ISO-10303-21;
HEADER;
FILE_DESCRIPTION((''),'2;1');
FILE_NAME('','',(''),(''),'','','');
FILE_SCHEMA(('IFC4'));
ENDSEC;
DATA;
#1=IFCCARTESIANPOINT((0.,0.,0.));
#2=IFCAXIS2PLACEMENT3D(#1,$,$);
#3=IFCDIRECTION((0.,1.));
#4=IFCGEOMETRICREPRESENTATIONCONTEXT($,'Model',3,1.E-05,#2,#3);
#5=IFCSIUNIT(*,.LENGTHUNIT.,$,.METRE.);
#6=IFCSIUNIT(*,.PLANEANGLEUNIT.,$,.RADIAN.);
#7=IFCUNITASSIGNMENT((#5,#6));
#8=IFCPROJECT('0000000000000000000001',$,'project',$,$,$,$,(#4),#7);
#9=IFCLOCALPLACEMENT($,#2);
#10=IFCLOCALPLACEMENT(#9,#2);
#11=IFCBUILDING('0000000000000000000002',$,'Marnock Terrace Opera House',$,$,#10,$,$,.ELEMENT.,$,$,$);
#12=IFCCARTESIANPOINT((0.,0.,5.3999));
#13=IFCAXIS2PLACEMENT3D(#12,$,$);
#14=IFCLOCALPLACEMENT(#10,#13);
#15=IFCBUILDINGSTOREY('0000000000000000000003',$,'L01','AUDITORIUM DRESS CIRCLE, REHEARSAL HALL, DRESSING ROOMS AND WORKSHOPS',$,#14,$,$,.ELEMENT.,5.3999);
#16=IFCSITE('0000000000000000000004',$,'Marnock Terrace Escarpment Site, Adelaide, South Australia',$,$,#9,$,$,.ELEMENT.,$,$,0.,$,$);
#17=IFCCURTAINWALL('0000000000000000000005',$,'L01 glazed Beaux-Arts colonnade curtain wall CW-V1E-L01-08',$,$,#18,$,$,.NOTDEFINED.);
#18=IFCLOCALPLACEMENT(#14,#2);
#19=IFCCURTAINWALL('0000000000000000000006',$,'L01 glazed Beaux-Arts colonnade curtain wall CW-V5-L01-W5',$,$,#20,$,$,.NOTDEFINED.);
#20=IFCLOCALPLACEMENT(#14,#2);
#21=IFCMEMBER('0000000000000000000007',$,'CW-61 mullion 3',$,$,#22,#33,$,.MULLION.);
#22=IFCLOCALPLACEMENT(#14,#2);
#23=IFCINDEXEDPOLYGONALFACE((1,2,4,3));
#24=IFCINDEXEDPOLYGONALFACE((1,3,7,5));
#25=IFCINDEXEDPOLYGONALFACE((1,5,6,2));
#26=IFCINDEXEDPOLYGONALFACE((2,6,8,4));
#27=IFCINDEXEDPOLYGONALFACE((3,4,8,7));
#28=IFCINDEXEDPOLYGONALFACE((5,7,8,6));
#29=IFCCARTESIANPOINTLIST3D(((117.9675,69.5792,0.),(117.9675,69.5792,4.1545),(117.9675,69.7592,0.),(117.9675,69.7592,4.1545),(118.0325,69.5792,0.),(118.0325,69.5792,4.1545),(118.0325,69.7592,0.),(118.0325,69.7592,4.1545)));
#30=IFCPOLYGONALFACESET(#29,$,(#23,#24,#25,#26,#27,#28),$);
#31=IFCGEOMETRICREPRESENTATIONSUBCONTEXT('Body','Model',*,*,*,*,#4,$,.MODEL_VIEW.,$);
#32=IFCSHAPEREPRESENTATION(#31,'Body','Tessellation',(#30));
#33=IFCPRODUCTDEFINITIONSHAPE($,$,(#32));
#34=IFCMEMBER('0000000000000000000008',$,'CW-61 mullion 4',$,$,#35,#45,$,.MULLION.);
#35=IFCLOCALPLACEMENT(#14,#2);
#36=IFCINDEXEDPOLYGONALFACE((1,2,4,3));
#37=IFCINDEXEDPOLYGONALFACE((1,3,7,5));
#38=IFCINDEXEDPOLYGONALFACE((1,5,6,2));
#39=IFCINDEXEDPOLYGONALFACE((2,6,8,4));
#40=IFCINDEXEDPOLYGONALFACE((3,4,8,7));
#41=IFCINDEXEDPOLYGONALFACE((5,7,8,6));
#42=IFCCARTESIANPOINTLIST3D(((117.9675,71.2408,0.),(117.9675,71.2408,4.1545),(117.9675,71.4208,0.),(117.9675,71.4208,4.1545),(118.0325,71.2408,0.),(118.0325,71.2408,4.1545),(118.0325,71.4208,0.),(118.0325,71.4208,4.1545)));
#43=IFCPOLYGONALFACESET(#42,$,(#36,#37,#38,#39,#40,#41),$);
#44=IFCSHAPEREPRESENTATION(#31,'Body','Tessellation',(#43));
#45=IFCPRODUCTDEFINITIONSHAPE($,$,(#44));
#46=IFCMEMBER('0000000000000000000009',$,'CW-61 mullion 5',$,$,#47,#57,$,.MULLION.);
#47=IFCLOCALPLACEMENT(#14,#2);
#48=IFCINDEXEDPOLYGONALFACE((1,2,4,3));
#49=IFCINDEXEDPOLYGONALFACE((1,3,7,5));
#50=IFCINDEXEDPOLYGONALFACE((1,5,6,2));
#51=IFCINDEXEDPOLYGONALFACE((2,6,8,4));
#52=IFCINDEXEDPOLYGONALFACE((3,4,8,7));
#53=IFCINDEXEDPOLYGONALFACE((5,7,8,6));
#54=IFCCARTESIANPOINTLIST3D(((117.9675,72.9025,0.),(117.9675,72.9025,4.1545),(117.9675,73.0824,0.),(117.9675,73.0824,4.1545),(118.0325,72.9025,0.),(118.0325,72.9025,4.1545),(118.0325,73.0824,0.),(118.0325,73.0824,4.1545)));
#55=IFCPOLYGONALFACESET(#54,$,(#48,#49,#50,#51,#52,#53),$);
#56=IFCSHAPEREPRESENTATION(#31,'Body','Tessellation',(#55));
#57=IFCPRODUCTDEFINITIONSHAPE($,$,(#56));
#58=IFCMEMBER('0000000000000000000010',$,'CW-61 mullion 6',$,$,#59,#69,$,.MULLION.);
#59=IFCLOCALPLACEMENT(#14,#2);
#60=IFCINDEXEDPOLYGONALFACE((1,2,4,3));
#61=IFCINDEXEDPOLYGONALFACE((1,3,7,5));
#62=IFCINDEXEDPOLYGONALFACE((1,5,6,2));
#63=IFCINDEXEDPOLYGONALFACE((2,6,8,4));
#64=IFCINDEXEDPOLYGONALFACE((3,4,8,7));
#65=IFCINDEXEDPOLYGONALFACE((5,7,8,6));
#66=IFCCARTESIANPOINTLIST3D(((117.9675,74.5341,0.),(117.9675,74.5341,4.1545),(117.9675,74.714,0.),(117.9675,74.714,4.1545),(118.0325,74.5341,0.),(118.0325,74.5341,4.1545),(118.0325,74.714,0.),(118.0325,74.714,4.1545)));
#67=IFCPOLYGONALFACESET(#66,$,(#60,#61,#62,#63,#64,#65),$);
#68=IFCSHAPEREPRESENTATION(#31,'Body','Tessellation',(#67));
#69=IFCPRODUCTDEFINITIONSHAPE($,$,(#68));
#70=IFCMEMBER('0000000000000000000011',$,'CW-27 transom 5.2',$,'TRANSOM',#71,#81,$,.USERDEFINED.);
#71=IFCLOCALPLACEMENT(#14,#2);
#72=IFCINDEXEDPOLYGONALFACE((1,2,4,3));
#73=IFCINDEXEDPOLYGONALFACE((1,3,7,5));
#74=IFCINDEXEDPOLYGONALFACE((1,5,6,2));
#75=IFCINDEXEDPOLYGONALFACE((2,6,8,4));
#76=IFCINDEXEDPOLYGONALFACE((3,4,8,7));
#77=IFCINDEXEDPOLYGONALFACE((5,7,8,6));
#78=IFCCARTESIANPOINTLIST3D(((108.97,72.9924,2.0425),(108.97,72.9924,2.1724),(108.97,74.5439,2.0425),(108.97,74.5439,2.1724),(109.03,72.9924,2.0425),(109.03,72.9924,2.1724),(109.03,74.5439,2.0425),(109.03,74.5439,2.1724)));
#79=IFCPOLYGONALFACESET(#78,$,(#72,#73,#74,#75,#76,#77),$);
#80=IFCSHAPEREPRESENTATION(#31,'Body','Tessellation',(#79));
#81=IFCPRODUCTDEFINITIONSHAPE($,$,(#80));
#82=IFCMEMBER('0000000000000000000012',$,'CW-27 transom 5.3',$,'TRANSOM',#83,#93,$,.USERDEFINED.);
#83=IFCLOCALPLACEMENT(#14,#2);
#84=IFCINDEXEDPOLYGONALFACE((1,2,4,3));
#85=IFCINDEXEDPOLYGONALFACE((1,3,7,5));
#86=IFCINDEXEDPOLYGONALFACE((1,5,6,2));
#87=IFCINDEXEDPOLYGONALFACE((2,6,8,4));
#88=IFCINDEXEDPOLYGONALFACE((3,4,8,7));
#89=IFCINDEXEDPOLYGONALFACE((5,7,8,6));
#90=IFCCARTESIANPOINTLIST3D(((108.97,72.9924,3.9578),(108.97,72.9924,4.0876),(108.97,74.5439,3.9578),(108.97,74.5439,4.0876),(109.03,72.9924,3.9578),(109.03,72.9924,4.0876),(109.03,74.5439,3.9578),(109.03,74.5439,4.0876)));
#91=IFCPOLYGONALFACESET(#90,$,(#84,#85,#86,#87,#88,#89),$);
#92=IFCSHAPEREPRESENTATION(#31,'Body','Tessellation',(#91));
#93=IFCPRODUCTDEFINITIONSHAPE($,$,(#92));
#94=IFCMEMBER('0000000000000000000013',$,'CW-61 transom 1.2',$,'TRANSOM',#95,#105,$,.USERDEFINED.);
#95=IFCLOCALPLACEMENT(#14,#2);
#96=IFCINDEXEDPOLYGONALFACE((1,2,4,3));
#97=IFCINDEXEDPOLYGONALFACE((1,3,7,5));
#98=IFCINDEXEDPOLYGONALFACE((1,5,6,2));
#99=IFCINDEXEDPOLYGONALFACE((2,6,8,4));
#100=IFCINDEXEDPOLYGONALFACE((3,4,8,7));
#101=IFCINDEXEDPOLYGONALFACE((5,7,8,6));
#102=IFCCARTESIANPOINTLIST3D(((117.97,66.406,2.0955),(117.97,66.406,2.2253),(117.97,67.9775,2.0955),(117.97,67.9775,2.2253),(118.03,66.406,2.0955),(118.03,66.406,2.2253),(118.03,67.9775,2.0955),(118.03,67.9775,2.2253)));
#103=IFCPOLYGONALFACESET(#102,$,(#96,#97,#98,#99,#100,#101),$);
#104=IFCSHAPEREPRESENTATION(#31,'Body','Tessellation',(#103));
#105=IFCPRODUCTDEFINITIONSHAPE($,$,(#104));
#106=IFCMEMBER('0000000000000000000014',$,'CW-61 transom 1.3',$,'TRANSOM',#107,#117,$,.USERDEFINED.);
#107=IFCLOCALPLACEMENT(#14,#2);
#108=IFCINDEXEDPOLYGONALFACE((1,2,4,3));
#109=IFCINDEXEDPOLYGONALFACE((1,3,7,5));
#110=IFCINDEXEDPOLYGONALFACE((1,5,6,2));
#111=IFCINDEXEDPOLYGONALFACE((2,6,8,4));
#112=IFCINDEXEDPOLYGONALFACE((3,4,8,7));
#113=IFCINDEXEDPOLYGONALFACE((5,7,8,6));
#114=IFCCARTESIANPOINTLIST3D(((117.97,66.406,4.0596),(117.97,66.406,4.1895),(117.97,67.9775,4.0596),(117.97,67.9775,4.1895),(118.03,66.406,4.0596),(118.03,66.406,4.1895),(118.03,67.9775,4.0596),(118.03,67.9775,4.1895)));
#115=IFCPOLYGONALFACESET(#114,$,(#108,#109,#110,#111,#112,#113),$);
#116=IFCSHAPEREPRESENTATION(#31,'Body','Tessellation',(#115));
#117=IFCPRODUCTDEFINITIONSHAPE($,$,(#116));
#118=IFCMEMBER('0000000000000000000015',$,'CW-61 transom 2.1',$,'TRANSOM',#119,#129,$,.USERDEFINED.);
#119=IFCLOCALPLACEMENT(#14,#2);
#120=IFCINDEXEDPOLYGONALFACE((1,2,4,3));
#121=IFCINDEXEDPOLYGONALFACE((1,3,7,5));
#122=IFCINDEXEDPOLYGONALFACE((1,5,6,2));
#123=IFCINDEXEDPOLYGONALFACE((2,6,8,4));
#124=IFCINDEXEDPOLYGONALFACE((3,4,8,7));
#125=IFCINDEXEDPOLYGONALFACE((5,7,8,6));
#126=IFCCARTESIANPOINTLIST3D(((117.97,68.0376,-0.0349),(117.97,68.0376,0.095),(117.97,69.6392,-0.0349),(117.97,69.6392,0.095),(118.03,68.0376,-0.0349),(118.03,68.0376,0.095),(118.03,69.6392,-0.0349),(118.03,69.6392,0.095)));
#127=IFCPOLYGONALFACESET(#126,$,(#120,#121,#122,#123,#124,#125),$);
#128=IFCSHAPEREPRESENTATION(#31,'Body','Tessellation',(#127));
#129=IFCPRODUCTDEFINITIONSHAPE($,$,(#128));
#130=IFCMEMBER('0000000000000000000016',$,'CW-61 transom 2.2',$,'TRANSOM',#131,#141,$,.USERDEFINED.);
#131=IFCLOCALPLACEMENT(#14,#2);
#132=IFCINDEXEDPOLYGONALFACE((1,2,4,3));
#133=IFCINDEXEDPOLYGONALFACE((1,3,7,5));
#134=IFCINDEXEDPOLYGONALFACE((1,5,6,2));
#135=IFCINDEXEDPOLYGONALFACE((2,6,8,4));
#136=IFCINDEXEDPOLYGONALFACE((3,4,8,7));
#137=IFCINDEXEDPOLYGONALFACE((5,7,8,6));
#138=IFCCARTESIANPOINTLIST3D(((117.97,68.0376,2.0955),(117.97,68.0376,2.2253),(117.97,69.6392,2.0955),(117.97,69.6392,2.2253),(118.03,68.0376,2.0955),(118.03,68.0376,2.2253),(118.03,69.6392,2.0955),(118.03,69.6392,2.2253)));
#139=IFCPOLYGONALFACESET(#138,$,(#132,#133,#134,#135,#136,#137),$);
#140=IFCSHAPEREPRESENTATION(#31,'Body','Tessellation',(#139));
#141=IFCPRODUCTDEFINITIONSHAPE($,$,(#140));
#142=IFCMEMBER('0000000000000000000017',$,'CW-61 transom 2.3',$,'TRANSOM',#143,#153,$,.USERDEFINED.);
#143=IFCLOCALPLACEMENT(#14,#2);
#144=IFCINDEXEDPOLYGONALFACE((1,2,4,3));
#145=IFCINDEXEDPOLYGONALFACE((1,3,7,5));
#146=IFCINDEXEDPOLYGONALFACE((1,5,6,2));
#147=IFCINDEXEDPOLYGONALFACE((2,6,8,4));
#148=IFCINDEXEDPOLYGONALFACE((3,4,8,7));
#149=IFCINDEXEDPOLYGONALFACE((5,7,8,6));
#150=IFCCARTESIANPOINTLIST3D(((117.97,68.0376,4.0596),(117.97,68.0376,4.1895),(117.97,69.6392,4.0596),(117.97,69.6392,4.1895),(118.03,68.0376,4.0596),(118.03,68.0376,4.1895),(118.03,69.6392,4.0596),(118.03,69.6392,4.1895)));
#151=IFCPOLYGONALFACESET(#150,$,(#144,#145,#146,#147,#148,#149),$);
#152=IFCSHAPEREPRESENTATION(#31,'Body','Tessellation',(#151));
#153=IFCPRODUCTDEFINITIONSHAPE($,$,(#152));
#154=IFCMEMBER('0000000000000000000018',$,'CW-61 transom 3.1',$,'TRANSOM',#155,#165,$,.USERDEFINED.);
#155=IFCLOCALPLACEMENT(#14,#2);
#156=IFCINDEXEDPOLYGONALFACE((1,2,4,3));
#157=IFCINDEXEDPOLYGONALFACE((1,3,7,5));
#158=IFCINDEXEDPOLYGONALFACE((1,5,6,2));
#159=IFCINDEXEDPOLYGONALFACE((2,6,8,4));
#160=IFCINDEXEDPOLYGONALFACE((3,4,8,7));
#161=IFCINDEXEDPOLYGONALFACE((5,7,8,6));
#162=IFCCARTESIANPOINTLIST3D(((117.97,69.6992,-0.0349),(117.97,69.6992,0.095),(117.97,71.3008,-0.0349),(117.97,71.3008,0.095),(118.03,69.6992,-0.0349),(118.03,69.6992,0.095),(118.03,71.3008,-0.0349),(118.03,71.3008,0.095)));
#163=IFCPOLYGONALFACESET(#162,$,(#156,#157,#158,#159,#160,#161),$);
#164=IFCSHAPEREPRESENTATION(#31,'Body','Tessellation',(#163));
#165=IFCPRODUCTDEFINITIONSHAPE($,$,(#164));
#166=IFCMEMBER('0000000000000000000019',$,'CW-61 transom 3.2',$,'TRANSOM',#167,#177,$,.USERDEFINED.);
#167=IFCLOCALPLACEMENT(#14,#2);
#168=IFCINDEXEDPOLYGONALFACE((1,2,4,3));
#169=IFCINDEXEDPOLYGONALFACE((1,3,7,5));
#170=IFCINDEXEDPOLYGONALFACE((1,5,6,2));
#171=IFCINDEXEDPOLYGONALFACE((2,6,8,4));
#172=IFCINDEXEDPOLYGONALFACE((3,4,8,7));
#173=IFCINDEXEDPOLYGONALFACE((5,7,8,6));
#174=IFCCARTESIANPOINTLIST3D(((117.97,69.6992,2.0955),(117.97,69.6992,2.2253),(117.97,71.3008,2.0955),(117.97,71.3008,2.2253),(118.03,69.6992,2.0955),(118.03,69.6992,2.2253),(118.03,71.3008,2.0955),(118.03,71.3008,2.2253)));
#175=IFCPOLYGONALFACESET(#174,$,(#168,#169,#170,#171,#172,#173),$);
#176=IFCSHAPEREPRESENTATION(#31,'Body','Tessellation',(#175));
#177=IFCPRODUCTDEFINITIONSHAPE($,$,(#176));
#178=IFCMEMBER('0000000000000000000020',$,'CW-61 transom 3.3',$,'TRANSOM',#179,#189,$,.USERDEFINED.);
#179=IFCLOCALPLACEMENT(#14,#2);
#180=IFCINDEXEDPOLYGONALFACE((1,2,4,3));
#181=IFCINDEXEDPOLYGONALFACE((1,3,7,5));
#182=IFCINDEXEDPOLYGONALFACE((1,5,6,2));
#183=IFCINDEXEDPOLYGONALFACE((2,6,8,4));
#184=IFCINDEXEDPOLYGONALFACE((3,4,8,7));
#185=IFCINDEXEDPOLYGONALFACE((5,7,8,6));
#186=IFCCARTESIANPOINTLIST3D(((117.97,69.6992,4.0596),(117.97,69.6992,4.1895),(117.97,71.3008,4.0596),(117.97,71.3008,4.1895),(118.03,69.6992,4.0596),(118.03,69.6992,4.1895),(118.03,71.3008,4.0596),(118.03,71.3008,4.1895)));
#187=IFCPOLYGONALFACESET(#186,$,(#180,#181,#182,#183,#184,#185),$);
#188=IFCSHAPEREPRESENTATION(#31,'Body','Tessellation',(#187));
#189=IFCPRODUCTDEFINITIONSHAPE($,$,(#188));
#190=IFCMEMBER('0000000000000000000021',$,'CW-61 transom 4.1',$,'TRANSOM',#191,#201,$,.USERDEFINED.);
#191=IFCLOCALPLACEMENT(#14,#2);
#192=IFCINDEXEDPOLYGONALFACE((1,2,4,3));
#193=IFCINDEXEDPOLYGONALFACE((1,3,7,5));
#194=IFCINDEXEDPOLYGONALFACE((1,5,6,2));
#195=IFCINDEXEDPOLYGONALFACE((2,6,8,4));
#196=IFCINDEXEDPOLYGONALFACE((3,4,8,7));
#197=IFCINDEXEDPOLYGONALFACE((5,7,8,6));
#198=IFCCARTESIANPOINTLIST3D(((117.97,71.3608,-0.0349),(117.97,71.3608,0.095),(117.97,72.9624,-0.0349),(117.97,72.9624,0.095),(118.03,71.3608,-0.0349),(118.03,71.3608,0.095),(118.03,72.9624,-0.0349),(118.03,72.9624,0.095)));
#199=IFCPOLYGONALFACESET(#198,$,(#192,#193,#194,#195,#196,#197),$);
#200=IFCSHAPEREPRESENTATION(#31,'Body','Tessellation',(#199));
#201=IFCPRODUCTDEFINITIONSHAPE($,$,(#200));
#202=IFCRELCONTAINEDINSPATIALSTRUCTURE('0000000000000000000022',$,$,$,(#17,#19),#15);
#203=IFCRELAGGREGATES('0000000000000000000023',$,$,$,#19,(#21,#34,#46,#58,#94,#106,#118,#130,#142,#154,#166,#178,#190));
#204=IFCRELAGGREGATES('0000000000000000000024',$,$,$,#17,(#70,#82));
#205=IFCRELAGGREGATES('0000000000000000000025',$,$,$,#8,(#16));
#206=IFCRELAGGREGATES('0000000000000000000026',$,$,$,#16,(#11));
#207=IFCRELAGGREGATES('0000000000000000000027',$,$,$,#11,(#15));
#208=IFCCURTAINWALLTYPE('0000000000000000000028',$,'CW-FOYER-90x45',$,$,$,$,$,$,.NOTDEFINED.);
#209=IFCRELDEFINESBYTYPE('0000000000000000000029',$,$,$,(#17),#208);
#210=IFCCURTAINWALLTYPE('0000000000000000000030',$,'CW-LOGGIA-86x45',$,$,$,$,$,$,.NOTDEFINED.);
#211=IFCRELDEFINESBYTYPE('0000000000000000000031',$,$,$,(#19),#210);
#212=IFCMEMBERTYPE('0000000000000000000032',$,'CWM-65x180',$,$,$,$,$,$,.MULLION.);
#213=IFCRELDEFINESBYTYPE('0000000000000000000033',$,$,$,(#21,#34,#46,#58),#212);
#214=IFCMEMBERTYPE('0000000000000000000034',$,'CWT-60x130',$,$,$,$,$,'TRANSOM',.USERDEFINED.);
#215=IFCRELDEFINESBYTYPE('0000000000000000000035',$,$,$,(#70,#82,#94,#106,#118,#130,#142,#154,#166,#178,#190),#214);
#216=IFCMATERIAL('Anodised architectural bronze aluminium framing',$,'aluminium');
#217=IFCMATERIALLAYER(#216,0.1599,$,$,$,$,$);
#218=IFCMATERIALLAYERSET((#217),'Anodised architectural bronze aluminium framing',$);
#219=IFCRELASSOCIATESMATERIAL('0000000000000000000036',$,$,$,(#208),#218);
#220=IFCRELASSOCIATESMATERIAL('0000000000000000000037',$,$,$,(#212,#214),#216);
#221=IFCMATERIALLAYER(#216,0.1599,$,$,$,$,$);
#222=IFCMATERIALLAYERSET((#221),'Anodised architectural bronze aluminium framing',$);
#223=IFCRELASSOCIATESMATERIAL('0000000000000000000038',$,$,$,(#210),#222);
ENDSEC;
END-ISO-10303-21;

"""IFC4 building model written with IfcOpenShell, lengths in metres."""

from ifc_helpers import new_model, si_unit, direction, frame, origin, origin_2d, place, context, subcontext, project, spatial, rectangle, extrude, material, layer, layer_set, material_profile, profile_set, type_object, element, aggregate, save


model = new_model("IFC4")

# Units and contexts
model_context = context("Model", 3, precision=1e-05, world=origin(), true_north=direction((0.0, 1.0)))
body_context = subcontext(model_context, "Body", "Model", "MODEL_VIEW")
ifc_project = project(units=[si_unit("LENGTHUNIT", "METRE"), si_unit("PLANEANGLEUNIT", "RADIAN")], contexts=[model_context])

# Site, building, storey
site_placement = place(None, origin())
site = spatial("IfcSite", under=ifc_project, at=site_placement, Name="Marnock Terrace Escarpment Site, Adelaide, South Australia", CompositionType="ELEMENT", RefElevation=0.0)
building_placement = place(site_placement, origin())
building = spatial("IfcBuilding", under=site, at=building_placement, Name="Marnock Terrace Opera House", CompositionType="ELEMENT")
storey_placement = place(building_placement, frame((0.0, 0.0, 5.3999)))
storey = spatial("IfcBuildingStorey", under=building, at=storey_placement, Name="L01", Description="AUDITORIUM DRESS CIRCLE, REHEARSAL HALL, DRESSING ROOMS AND WORKSHOPS", CompositionType="ELEMENT", Elevation=5.3999)

# Curtain wall
ifc_material_1 = material(Name="Anodised architectural bronze aluminium framing", Category="aluminium")
ifc_layer_1 = layer(ifc_material_1, 0.1599)
ifc_layer_set_1 = layer_set([ifc_layer_1], Name="Anodised architectural bronze aluminium framing")
curtain_wall_type_1 = type_object("IfcCurtainWallType", Name="CW-FOYER-90x45", PredefinedType="NOTDEFINED", material=ifc_layer_set_1)
curtain_wall_1_placement = place(storey_placement, origin())
curtain_wall_1 = element("IfcCurtainWall", 1, at=curtain_wall_1_placement, inside=storey, type_object=curtain_wall_type_1, Name="L01 glazed Beaux-Arts colonnade curtain wall CW-V1E-L01-08", PredefinedType="NOTDEFINED")
ifc_material_profile_1 = material_profile(ifc_material_1, rectangle(XDim=0.0649, YDim=0.1799, at=origin_2d()))
ifc_profile_set_1 = profile_set([ifc_material_profile_1], Name="Anodised architectural bronze aluminium framing")
member_type_1 = type_object("IfcMemberType", Name="CWM-65x180", PredefinedType="MULLION", material=ifc_profile_set_1)

# Curtain wall, members
ifc_layer_2 = layer(ifc_material_1, 0.1599)
ifc_layer_set_2 = layer_set([ifc_layer_2], Name="Anodised architectural bronze aluminium framing")
curtain_wall_type_2 = type_object("IfcCurtainWallType", Name="CW-LOGGIA-86x45", PredefinedType="NOTDEFINED", material=ifc_layer_set_2)
curtain_wall_2_placement = place(storey_placement, origin())
curtain_wall_2 = element("IfcCurtainWall", 2, at=curtain_wall_2_placement, inside=storey, type_object=curtain_wall_type_2, Name="L01 glazed Beaux-Arts colonnade curtain wall CW-V5-L01-W5", PredefinedType="NOTDEFINED")
member_1_placement = place(storey_placement, frame((118.0, 69.6692, 0.0), z_axis=(0.0, 0.0, 1.0), x_axis=(-1.0, 0.0, 0.0)))
member_1 = element("IfcMember", 3, at=member_1_placement, type_object=member_type_1, Name="CW-61 mullion 3", PredefinedType="MULLION", context=body_context, shape_type="SweptSolid", body=[
    extrude(rectangle(XDim=0.0649, YDim=0.1799, at=origin_2d()), origin(), (0.0, 0.0, 1.0), 4.1545),
])
member_2_placement = place(storey_placement, frame((118.0, 71.3308, 0.0), z_axis=(0.0, 0.0, 1.0), x_axis=(-1.0, 0.0, 0.0)))
member_2 = element("IfcMember", 4, at=member_2_placement, type_object=member_type_1, Name="CW-61 mullion 4", PredefinedType="MULLION", context=body_context, shape_type="SweptSolid", body=[
    extrude(rectangle(XDim=0.0649, YDim=0.1799, at=origin_2d()), origin(), (0.0, 0.0, 1.0), 4.1545),
])
member_3_placement = place(storey_placement, frame((118.0, 72.9924, 0.0), z_axis=(0.0, 0.0, 1.0), x_axis=(-1.0, 0.0, 0.0)))
member_3 = element("IfcMember", 5, at=member_3_placement, type_object=member_type_1, Name="CW-61 mullion 5", PredefinedType="MULLION", context=body_context, shape_type="SweptSolid", body=[
    extrude(rectangle(XDim=0.0649, YDim=0.1799, at=origin_2d()), origin(), (0.0, 0.0, 1.0), 4.1545),
])
member_4_placement = place(storey_placement, frame((118.0, 74.624, 0.0), z_axis=(0.0, 0.0, 1.0), x_axis=(-1.0, 0.0, 0.0)))
member_4 = element("IfcMember", 6, at=member_4_placement, type_object=member_type_1, Name="CW-61 mullion 6", PredefinedType="MULLION", context=body_context, shape_type="SweptSolid", body=[
    extrude(rectangle(XDim=0.0649, YDim=0.1799, at=origin_2d()), origin(), (0.0, 0.0, 1.0), 4.1545),
])

# Members
ifc_material_profile_2 = material_profile(ifc_material_1, rectangle(XDim=0.0601, YDim=0.1299, at=origin_2d()))
ifc_profile_set_2 = profile_set([ifc_material_profile_2], Name="Anodised architectural bronze aluminium framing")
member_type_2 = type_object("IfcMemberType", Name="CWT-60x130", ElementType="TRANSOM", PredefinedType="USERDEFINED", material=ifc_profile_set_2)
member_5_placement = place(storey_placement, frame((109.0, 72.9924, 2.1074), z_axis=(0.0, 1.0, 0.0), x_axis=(-1.0, 0.0, 0.0)))
member_5 = element("IfcMember", 7, at=member_5_placement, type_object=member_type_2, Name="CW-27 transom 5.2", ObjectType="TRANSOM", PredefinedType="USERDEFINED", context=body_context, shape_type="SweptSolid", body=[
    extrude(rectangle(XDim=0.0601, YDim=0.1299, at=origin_2d()), origin(), (0.0, 0.0, 1.0), 1.5515),
])
member_6_placement = place(storey_placement, frame((109.0, 72.9924, 4.0227), z_axis=(0.0, 1.0, 0.0), x_axis=(-1.0, 0.0, 0.0)))
member_6 = element("IfcMember", 8, at=member_6_placement, type_object=member_type_2, Name="CW-27 transom 5.3", ObjectType="TRANSOM", PredefinedType="USERDEFINED", context=body_context, shape_type="SweptSolid", body=[
    extrude(rectangle(XDim=0.0601, YDim=0.1299, at=origin_2d()), origin(), (0.0, 0.0, 1.0), 1.5515),
])
member_7_placement = place(storey_placement, frame((118.0, 66.406, 2.1604), z_axis=(0.0, 1.0, 0.0), x_axis=(-1.0, 0.0, 0.0)))
member_7 = element("IfcMember", 9, at=member_7_placement, type_object=member_type_2, Name="CW-61 transom 1.2", ObjectType="TRANSOM", PredefinedType="USERDEFINED", context=body_context, shape_type="SweptSolid", body=[
    extrude(rectangle(XDim=0.0601, YDim=0.1299, at=origin_2d()), origin(), (0.0, 0.0, 1.0), 1.5715),
])
member_8_placement = place(storey_placement, frame((118.0, 66.406, 4.1245), z_axis=(0.0, 1.0, 0.0), x_axis=(-1.0, 0.0, 0.0)))
member_8 = element("IfcMember", 10, at=member_8_placement, type_object=member_type_2, Name="CW-61 transom 1.3", ObjectType="TRANSOM", PredefinedType="USERDEFINED", context=body_context, shape_type="SweptSolid", body=[
    extrude(rectangle(XDim=0.0601, YDim=0.1299, at=origin_2d()), origin(), (0.0, 0.0, 1.0), 1.5715),
])
member_9_placement = place(storey_placement, frame((118.0, 68.0376, 0.03), z_axis=(0.0, 1.0, 0.0), x_axis=(-1.0, 0.0, 0.0)))
member_9 = element("IfcMember", 11, at=member_9_placement, type_object=member_type_2, Name="CW-61 transom 2.1", ObjectType="TRANSOM", PredefinedType="USERDEFINED", context=body_context, shape_type="SweptSolid", body=[
    extrude(rectangle(XDim=0.0601, YDim=0.1299, at=origin_2d()), origin(), (0.0, 0.0, 1.0), 1.6016),
])
member_10_placement = place(storey_placement, frame((118.0, 68.0376, 2.1604), z_axis=(0.0, 1.0, 0.0), x_axis=(-1.0, 0.0, 0.0)))
member_10 = element("IfcMember", 12, at=member_10_placement, type_object=member_type_2, Name="CW-61 transom 2.2", ObjectType="TRANSOM", PredefinedType="USERDEFINED", context=body_context, shape_type="SweptSolid", body=[
    extrude(rectangle(XDim=0.0601, YDim=0.1299, at=origin_2d()), origin(), (0.0, 0.0, 1.0), 1.6016),
])
member_11_placement = place(storey_placement, frame((118.0, 68.0376, 4.1245), z_axis=(0.0, 1.0, 0.0), x_axis=(-1.0, 0.0, 0.0)))
member_11 = element("IfcMember", 13, at=member_11_placement, type_object=member_type_2, Name="CW-61 transom 2.3", ObjectType="TRANSOM", PredefinedType="USERDEFINED", context=body_context, shape_type="SweptSolid", body=[
    extrude(rectangle(XDim=0.0601, YDim=0.1299, at=origin_2d()), origin(), (0.0, 0.0, 1.0), 1.6016),
])
member_12_placement = place(storey_placement, frame((118.0, 69.6992, 0.03), z_axis=(0.0, 1.0, 0.0), x_axis=(-1.0, 0.0, 0.0)))
member_12 = element("IfcMember", 14, at=member_12_placement, type_object=member_type_2, Name="CW-61 transom 3.1", ObjectType="TRANSOM", PredefinedType="USERDEFINED", context=body_context, shape_type="SweptSolid", body=[
    extrude(rectangle(XDim=0.0601, YDim=0.1299, at=origin_2d()), origin(), (0.0, 0.0, 1.0), 1.6016),
])
member_13_placement = place(storey_placement, frame((118.0, 69.6992, 2.1604), z_axis=(0.0, 1.0, 0.0), x_axis=(-1.0, 0.0, 0.0)))
member_13 = element("IfcMember", 15, at=member_13_placement, type_object=member_type_2, Name="CW-61 transom 3.2", ObjectType="TRANSOM", PredefinedType="USERDEFINED", context=body_context, shape_type="SweptSolid", body=[
    extrude(rectangle(XDim=0.0601, YDim=0.1299, at=origin_2d()), origin(), (0.0, 0.0, 1.0), 1.6016),
])
member_14_placement = place(storey_placement, frame((118.0, 69.6992, 4.1245), z_axis=(0.0, 1.0, 0.0), x_axis=(-1.0, 0.0, 0.0)))
member_14 = element("IfcMember", 16, at=member_14_placement, type_object=member_type_2, Name="CW-61 transom 3.3", ObjectType="TRANSOM", PredefinedType="USERDEFINED", context=body_context, shape_type="SweptSolid", body=[
    extrude(rectangle(XDim=0.0601, YDim=0.1299, at=origin_2d()), origin(), (0.0, 0.0, 1.0), 1.6016),
])
member_15_placement = place(storey_placement, frame((118.0, 71.3608, 0.03), z_axis=(0.0, 1.0, 0.0), x_axis=(-1.0, 0.0, 0.0)))
member_15 = element("IfcMember", 17, at=member_15_placement, type_object=member_type_2, Name="CW-61 transom 4.1", ObjectType="TRANSOM", PredefinedType="USERDEFINED", context=body_context, shape_type="SweptSolid", body=[
    extrude(rectangle(XDim=0.0601, YDim=0.1299, at=origin_2d()), origin(), (0.0, 0.0, 1.0), 1.6016),
])

aggregate(curtain_wall_2, [member_1, member_2, member_3, member_4, member_7, member_8, member_9, member_10, member_11, member_12, member_13, member_14, member_15])
aggregate(curtain_wall_1, [member_5, member_6])

save(model, "model.ifc")
